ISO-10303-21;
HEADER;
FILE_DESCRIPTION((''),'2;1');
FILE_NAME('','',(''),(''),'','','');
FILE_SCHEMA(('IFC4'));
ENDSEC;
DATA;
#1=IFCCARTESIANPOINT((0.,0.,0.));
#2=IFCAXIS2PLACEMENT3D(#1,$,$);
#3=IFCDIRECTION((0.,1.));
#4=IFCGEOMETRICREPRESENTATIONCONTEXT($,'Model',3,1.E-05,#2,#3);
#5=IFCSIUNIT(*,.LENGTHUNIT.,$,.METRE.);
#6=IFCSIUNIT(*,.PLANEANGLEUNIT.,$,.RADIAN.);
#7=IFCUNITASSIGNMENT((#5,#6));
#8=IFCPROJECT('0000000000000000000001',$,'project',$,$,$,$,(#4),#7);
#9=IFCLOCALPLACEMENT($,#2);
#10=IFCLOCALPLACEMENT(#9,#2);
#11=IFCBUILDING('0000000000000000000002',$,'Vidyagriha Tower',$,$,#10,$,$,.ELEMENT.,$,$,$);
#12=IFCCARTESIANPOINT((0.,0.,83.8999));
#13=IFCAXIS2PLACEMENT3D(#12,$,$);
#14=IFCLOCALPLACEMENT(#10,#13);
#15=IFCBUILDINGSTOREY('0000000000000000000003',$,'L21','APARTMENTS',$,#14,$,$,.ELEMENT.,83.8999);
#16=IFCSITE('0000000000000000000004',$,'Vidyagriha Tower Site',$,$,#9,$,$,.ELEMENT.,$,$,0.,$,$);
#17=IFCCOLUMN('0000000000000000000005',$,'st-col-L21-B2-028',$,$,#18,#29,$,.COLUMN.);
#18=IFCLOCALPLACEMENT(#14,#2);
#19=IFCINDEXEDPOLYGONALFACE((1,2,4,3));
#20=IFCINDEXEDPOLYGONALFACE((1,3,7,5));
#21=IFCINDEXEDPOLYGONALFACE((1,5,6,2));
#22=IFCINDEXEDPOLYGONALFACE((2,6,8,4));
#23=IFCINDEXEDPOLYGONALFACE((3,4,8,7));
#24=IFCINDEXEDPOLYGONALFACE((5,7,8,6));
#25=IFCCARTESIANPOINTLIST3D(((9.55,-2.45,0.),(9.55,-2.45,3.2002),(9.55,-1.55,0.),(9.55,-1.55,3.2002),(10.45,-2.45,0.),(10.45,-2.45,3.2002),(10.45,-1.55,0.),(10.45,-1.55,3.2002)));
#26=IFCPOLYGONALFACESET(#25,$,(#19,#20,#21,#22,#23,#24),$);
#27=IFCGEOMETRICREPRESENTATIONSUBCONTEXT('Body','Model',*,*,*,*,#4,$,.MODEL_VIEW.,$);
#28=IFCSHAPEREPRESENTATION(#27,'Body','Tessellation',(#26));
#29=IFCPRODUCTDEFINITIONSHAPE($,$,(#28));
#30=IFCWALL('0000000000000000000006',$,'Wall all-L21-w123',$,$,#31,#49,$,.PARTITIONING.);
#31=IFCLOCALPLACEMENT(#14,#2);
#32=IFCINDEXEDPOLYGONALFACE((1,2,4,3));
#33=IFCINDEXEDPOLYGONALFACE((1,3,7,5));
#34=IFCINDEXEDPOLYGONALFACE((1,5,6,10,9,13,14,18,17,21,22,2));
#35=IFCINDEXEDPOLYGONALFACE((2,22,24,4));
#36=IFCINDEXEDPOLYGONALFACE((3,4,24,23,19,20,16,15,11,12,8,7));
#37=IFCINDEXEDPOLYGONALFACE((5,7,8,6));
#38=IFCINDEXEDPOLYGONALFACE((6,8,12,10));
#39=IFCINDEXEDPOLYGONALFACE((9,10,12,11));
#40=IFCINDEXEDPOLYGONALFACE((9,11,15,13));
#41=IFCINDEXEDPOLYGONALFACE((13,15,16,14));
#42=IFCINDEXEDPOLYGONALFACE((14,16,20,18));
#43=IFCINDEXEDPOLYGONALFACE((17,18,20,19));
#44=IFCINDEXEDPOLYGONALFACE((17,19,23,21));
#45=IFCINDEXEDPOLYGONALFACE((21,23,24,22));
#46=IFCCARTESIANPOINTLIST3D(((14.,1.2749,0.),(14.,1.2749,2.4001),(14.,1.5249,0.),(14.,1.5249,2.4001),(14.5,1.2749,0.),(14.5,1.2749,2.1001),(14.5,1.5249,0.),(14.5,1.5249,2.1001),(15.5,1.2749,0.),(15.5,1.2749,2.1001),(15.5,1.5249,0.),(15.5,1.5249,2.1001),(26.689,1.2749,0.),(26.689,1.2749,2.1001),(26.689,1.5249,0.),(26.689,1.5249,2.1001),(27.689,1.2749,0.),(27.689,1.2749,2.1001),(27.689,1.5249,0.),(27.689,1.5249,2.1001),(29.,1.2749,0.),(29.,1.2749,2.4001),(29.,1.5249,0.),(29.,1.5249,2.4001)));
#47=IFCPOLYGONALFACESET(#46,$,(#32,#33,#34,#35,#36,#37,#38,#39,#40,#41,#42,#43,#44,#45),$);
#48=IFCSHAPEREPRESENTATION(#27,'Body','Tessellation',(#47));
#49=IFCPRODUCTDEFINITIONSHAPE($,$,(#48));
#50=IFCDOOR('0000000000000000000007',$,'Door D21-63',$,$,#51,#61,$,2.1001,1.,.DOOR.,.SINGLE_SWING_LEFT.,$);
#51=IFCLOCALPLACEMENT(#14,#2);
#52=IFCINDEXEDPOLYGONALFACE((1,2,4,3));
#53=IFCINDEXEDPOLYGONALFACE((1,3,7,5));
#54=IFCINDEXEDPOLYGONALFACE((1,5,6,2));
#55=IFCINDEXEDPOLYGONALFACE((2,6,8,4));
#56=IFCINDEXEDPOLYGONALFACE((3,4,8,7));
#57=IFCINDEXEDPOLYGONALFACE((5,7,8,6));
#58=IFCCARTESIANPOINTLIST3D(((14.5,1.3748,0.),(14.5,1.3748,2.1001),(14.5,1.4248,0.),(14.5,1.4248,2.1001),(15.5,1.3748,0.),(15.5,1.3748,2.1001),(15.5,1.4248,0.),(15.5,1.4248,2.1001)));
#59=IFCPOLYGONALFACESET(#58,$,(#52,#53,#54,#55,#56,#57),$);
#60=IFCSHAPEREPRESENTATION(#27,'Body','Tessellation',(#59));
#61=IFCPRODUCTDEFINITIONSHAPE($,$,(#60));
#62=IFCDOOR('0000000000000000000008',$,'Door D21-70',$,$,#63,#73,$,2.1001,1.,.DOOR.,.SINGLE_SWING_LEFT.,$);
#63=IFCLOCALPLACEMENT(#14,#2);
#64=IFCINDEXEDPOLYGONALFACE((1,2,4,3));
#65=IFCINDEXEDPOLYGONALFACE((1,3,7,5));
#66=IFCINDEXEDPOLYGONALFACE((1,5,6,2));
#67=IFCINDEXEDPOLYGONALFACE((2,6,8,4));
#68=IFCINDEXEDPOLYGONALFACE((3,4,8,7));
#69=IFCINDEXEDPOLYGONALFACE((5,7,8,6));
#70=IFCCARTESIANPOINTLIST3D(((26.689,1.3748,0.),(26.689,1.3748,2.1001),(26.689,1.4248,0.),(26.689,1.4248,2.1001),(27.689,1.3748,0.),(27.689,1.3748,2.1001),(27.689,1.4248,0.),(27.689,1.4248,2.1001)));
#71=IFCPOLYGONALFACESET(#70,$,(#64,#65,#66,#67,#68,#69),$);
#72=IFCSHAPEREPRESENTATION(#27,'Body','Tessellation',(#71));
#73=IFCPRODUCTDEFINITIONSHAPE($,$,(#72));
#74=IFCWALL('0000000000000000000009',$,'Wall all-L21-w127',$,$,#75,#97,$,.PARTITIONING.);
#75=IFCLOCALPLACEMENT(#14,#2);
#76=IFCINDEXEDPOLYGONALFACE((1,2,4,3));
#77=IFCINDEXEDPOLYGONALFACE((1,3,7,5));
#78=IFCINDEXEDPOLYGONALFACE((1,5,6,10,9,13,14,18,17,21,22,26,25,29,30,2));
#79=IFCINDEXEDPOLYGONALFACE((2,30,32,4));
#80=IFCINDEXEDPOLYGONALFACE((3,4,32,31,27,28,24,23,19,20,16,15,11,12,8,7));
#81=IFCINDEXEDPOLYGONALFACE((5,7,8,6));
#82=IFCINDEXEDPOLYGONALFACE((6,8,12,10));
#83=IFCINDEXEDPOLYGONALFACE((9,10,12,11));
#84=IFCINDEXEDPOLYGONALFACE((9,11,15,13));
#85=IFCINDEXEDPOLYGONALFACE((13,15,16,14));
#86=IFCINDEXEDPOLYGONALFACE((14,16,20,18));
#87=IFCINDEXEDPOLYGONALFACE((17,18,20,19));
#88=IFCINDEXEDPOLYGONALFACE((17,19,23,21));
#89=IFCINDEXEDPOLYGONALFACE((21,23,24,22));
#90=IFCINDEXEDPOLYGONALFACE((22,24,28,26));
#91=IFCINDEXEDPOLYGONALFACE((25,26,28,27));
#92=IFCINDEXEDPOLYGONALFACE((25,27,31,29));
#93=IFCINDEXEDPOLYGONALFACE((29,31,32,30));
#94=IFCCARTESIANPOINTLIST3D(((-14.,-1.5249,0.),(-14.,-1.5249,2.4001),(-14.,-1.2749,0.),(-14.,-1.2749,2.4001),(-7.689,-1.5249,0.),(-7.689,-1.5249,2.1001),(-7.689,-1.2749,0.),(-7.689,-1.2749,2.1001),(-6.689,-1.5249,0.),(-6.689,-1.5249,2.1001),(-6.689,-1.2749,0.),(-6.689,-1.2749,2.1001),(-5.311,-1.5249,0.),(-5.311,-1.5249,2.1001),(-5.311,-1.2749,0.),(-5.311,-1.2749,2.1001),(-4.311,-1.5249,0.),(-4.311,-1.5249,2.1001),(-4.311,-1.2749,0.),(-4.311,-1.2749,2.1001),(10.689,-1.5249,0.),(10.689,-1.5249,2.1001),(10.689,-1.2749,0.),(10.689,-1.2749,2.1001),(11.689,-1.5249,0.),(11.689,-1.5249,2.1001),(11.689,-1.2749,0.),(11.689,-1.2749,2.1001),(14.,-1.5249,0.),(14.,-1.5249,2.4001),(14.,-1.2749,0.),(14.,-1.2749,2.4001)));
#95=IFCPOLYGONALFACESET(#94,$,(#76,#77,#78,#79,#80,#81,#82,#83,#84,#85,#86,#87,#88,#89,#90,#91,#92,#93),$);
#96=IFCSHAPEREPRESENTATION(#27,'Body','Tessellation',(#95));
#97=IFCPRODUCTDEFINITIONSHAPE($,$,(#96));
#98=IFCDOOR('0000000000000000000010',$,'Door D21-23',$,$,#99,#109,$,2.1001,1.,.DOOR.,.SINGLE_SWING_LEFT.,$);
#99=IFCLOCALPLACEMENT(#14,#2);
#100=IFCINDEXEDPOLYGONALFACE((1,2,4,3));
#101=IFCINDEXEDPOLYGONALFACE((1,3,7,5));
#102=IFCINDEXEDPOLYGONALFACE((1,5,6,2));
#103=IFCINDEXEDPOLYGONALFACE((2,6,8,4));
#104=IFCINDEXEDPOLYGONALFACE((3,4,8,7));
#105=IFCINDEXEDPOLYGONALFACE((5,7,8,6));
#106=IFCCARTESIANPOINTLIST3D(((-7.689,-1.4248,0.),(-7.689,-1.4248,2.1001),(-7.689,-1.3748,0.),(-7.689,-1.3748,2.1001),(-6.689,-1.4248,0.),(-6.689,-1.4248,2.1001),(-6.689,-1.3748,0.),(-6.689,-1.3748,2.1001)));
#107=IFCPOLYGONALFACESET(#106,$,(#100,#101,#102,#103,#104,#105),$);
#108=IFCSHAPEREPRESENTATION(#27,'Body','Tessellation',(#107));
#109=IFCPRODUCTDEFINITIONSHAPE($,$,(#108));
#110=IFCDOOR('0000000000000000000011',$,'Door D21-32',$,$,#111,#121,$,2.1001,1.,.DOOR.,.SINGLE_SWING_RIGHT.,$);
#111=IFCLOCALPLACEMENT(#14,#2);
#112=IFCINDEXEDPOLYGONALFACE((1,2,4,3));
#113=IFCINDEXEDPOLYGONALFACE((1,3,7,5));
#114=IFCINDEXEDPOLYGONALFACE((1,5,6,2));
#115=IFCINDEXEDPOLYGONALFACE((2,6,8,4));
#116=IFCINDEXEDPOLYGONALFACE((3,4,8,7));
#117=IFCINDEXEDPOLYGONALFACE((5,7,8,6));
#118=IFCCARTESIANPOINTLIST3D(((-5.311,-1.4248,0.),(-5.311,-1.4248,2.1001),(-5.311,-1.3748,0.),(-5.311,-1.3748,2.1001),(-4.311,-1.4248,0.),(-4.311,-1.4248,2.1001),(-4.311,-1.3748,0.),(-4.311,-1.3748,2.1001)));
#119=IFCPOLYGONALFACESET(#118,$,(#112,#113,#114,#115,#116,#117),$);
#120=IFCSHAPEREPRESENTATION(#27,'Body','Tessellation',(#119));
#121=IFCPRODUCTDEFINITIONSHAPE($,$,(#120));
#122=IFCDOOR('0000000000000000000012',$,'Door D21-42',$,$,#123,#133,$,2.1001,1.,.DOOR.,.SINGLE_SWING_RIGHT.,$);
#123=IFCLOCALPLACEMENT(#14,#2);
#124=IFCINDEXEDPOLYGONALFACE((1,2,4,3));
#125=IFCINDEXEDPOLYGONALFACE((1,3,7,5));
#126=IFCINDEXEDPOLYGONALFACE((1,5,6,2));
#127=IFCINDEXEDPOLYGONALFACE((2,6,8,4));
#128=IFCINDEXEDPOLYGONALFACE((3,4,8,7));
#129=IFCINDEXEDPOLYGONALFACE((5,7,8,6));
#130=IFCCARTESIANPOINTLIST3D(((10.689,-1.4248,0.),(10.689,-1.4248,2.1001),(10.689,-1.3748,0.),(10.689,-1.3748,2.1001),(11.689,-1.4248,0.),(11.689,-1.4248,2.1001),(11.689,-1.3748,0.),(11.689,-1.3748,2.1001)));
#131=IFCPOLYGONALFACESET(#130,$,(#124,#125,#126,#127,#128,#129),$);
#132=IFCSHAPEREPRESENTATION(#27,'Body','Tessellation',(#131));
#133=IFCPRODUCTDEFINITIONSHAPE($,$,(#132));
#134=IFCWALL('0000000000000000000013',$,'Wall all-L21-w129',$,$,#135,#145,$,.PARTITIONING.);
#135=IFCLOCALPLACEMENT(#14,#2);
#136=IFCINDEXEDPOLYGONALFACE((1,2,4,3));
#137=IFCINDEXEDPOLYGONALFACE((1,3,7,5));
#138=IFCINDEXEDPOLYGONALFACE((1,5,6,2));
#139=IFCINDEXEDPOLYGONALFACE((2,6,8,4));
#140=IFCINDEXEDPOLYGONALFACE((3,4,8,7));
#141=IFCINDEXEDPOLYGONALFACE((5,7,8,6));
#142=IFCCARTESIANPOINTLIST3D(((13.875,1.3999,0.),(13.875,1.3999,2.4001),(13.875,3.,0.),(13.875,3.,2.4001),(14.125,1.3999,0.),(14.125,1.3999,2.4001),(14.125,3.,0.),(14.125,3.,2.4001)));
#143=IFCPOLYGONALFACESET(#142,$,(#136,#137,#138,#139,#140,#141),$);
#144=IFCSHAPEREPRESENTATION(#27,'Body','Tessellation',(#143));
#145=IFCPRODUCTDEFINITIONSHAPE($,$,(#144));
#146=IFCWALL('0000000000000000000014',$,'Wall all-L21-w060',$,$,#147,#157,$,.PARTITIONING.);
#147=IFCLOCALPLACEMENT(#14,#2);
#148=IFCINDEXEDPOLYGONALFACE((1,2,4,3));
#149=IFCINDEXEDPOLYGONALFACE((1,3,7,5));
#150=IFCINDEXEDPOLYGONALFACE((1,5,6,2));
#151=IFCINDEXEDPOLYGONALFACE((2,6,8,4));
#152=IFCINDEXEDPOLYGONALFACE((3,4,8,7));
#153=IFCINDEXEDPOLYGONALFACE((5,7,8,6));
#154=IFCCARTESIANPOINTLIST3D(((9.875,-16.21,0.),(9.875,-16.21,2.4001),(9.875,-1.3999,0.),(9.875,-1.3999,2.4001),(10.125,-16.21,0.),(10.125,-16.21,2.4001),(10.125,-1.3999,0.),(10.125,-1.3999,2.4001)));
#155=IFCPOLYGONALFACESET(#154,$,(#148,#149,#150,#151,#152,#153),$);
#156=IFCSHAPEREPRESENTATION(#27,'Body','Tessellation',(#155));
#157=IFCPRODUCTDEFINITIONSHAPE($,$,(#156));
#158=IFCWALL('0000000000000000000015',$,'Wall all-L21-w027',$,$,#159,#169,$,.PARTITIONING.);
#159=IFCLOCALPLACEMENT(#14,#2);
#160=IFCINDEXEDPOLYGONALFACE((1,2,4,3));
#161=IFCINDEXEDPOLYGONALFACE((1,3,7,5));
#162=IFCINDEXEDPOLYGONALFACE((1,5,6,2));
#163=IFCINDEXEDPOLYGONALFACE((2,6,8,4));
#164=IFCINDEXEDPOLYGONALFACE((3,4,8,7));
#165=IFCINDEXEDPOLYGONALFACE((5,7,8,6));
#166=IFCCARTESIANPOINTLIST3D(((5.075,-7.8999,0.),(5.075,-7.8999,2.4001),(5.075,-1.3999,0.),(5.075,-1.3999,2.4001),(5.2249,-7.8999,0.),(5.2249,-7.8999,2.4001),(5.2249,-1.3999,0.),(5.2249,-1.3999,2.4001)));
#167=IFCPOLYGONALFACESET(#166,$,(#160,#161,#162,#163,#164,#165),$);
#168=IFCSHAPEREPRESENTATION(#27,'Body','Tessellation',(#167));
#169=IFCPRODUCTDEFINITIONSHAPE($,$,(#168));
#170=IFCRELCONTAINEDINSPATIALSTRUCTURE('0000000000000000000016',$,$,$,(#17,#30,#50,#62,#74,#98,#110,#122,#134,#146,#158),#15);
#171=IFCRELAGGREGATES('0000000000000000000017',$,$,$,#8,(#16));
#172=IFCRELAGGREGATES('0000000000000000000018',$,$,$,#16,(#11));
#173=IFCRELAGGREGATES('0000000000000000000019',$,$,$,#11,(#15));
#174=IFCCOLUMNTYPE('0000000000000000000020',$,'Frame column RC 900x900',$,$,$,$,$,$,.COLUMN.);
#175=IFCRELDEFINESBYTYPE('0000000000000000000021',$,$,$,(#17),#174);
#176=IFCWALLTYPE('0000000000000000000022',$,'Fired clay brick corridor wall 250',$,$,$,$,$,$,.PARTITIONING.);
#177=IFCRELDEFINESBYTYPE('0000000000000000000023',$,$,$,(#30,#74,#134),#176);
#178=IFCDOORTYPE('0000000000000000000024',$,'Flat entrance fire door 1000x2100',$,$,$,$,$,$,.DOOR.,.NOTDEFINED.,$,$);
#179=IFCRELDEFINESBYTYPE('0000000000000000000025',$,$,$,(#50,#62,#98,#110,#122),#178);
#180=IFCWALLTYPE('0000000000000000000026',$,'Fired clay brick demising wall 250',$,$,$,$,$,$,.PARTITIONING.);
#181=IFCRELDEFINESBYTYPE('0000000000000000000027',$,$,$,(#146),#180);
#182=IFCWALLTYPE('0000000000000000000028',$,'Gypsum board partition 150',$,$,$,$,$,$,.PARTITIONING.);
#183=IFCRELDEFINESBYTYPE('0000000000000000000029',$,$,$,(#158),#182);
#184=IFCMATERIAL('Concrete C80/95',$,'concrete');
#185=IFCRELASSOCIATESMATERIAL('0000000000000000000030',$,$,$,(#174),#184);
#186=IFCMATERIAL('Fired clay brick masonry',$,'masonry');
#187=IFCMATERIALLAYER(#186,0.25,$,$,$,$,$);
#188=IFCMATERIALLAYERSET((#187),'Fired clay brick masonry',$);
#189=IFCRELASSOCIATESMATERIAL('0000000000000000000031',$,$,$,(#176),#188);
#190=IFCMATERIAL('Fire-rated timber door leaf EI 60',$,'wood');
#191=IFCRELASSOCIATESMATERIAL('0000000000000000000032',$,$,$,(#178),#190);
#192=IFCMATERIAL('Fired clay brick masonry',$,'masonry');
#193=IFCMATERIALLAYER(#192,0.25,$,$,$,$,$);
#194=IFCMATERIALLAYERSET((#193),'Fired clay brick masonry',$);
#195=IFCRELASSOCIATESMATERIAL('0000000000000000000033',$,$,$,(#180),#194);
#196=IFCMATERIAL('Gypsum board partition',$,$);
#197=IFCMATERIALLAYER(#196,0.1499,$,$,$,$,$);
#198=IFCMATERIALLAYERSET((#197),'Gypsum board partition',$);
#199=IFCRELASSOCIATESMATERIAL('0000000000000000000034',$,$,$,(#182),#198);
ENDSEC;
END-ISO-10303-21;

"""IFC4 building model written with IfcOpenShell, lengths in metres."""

from ifc_helpers import new_model, si_unit, direction, frame, frame_2d, origin, origin_2d, place, context, subcontext, project, spatial, rectangle, extrude, material, layer, layer_set, material_profile, profile_set, type_object, element, fill, save


model = new_model("IFC4")

# Units and contexts
model_context = context("Model", 3, precision=1e-05, world=origin(), true_north=direction((0.0, 1.0)))
body_context = subcontext(model_context, "Body", "Model", "MODEL_VIEW")
ifc_project = project(units=[si_unit("LENGTHUNIT", "METRE"), si_unit("PLANEANGLEUNIT", "RADIAN")], contexts=[model_context])

# Site, building, storey
site_placement = place(None, origin())
site = spatial("IfcSite", under=ifc_project, at=site_placement, Name="Vidyagriha Tower Site", CompositionType="ELEMENT", RefElevation=0.0)
building_placement = place(site_placement, origin())
building = spatial("IfcBuilding", under=site, at=building_placement, Name="Vidyagriha Tower", CompositionType="ELEMENT")
storey_placement = place(building_placement, frame((0.0, 0.0, 83.8999)))
storey = spatial("IfcBuildingStorey", under=building, at=storey_placement, Name="L21", Description="APARTMENTS", CompositionType="ELEMENT", Elevation=83.8999)

# Column
ifc_material_1 = material(Name="Concrete C80/95", Category="concrete")
ifc_material_profile = material_profile(ifc_material_1, rectangle(XDim=0.8999, YDim=0.8999, at=origin_2d()), Name="RC 900x900")
ifc_profile_set = profile_set([ifc_material_profile], Name="Concrete C80/95")
column_type = type_object("IfcColumnType", Name="Frame column RC 900x900", PredefinedType="COLUMN", material=ifc_profile_set)
column_placement = place(storey_placement, frame((10.0, -2.0, 0.0)))
element("IfcColumn", 1, at=column_placement, inside=storey, type_object=column_type, Name="st-col-L21-B2-028", PredefinedType="COLUMN", context=body_context, shape_type="SweptSolid", body=[
    extrude(rectangle(XDim=0.8999, YDim=0.8999, at=origin_2d()), origin(), (0.0, 0.0, 1.0), 3.2002),
])

# Walls, openings, doors
ifc_material_2 = material(Name="Fired clay brick masonry", Category="masonry")
ifc_layer_1 = layer(ifc_material_2, 0.25)
ifc_layer_set_1 = layer_set([ifc_layer_1], Name="Fired clay brick masonry")
wall_type_1 = type_object("IfcWallType", Name="Fired clay brick corridor wall 250", PredefinedType="PARTITIONING", material=ifc_layer_set_1)
wall_1_placement = place(storey_placement, frame((14.0, 1.3999, 0.0)))
wall_1 = element("IfcWall", 2, at=wall_1_placement, inside=storey, type_object=wall_type_1, Name="Wall all-L21-w123", PredefinedType="PARTITIONING", context=body_context, shape_type="SweptSolid", body=[
    extrude(rectangle(XDim=15.0, YDim=0.25, at=frame_2d((7.5, 0.0))), origin(), (0.0, 0.0, 1.0), 2.4001),
])
opening_1_placement = place(wall_1_placement, frame((0.5, 0.0, 0.0)))
opening_1 = element("IfcOpeningElement", 3, at=opening_1_placement, cuts=wall_1, PredefinedType="OPENING", context=body_context, shape_type="SweptSolid", body=[
    extrude(rectangle(XDim=1.0, YDim=2.1001, at=frame_2d((0.5, 1.05))), frame((0.0, 0.135, 0.0), z_axis=(0.0, -1.0, 0.0), x_axis=(1.0, 0.0, 0.0)), (0.0, 0.0, 1.0), 0.27),
])
opening_2_placement = place(wall_1_placement, frame((12.689, 0.0, 0.0)))
opening_2 = element("IfcOpeningElement", 4, at=opening_2_placement, cuts=wall_1, PredefinedType="OPENING", context=body_context, shape_type="SweptSolid", body=[
    extrude(rectangle(XDim=1.0, YDim=2.1001, at=frame_2d((0.5, 1.05))), frame((0.0, 0.135, 0.0), z_axis=(0.0, -1.0, 0.0), x_axis=(1.0, 0.0, 0.0)), (0.0, 0.0, 1.0), 0.27),
])
ifc_material_3 = material(Name="Fire-rated timber door leaf EI 60", Category="wood")
door_type_1 = type_object("IfcDoorType", Name="Flat entrance fire door 1000x2100", OperationType="NOTDEFINED", PredefinedType="DOOR", material=ifc_material_3)
door_1_placement = place(opening_1_placement, origin())
door_1 = element("IfcDoor", 5, at=door_1_placement, inside=storey, type_object=door_type_1, Name="Door D21-63", OperationType="SINGLE_SWING_LEFT", OverallHeight=2.1001, OverallWidth=1.0, PredefinedType="DOOR", context=body_context, shape_type="SweptSolid", body=[
    extrude(rectangle(XDim=1.0, YDim=2.1001, at=frame_2d((0.5, 1.05))), frame((0.0, 0.0249, 0.0), z_axis=(0.0, -1.0, 0.0), x_axis=(1.0, 0.0, 0.0)), (0.0, 0.0, 1.0), 0.05),
])
fill(opening_1, door_1)
door_2_placement = place(opening_2_placement, origin())
door_2 = element("IfcDoor", 6, at=door_2_placement, inside=storey, type_object=door_type_1, Name="Door D21-70", OperationType="SINGLE_SWING_LEFT", OverallHeight=2.1001, OverallWidth=1.0, PredefinedType="DOOR", context=body_context, shape_type="SweptSolid", body=[
    extrude(rectangle(XDim=1.0, YDim=2.1001, at=frame_2d((0.5, 1.05))), frame((0.0, 0.0249, 0.0), z_axis=(0.0, -1.0, 0.0), x_axis=(1.0, 0.0, 0.0)), (0.0, 0.0, 1.0), 0.05),
])
fill(opening_2, door_2)
wall_2_placement = place(storey_placement, frame((14.0, -1.3999, 0.0), z_axis=(0.0, 0.0, 1.0), x_axis=(-1.0, 0.0, 0.0)))
wall_2 = element("IfcWall", 7, at=wall_2_placement, inside=storey, type_object=wall_type_1, Name="Wall all-L21-w127", PredefinedType="PARTITIONING", context=body_context, shape_type="SweptSolid", body=[
    extrude(rectangle(XDim=28.0, YDim=0.25, at=frame_2d((14.0, 0.0))), origin(), (0.0, 0.0, 1.0), 2.4001),
])
opening_3_placement = place(wall_2_placement, frame((20.689, 0.0, 0.0)))
opening_3 = element("IfcOpeningElement", 8, at=opening_3_placement, cuts=wall_2, PredefinedType="OPENING", context=body_context, shape_type="SweptSolid", body=[
    extrude(rectangle(XDim=1.0, YDim=2.1001, at=frame_2d((0.5, 1.05))), frame((0.0, 0.135, 0.0), z_axis=(0.0, -1.0, 0.0), x_axis=(1.0, 0.0, 0.0)), (0.0, 0.0, 1.0), 0.27),
])
opening_4_placement = place(wall_2_placement, frame((18.311, 0.0, 0.0)))
opening_4 = element("IfcOpeningElement", 9, at=opening_4_placement, cuts=wall_2, PredefinedType="OPENING", context=body_context, shape_type="SweptSolid", body=[
    extrude(rectangle(XDim=1.0, YDim=2.1001, at=frame_2d((0.5, 1.05))), frame((0.0, 0.135, 0.0), z_axis=(0.0, -1.0, 0.0), x_axis=(1.0, 0.0, 0.0)), (0.0, 0.0, 1.0), 0.27),
])
opening_5_placement = place(wall_2_placement, frame((2.311, 0.0, 0.0)))
opening_5 = element("IfcOpeningElement", 10, at=opening_5_placement, cuts=wall_2, PredefinedType="OPENING", context=body_context, shape_type="SweptSolid", body=[
    extrude(rectangle(XDim=1.0, YDim=2.1001, at=frame_2d((0.5, 1.05))), frame((0.0, 0.135, 0.0), z_axis=(0.0, -1.0, 0.0), x_axis=(1.0, 0.0, 0.0)), (0.0, 0.0, 1.0), 0.27),
])
door_3_placement = place(opening_3_placement, origin())
door_3 = element("IfcDoor", 11, at=door_3_placement, inside=storey, type_object=door_type_1, Name="Door D21-23", OperationType="SINGLE_SWING_LEFT", OverallHeight=2.1001, OverallWidth=1.0, PredefinedType="DOOR", context=body_context, shape_type="SweptSolid", body=[
    extrude(rectangle(XDim=1.0, YDim=2.1001, at=frame_2d((0.5, 1.05))), frame((0.0, 0.0249, 0.0), z_axis=(0.0, -1.0, 0.0), x_axis=(1.0, 0.0, 0.0)), (0.0, 0.0, 1.0), 0.05),
])
fill(opening_3, door_3)
door_4_placement = place(opening_4_placement, origin())
door_4 = element("IfcDoor", 12, at=door_4_placement, inside=storey, type_object=door_type_1, Name="Door D21-32", OperationType="SINGLE_SWING_RIGHT", OverallHeight=2.1001, OverallWidth=1.0, PredefinedType="DOOR", context=body_context, shape_type="SweptSolid", body=[
    extrude(rectangle(XDim=1.0, YDim=2.1001, at=frame_2d((0.5, 1.05))), frame((0.0, 0.0249, 0.0), z_axis=(0.0, -1.0, 0.0), x_axis=(1.0, 0.0, 0.0)), (0.0, 0.0, 1.0), 0.05),
])
fill(opening_4, door_4)
door_5_placement = place(opening_5_placement, origin())
door_5 = element("IfcDoor", 13, at=door_5_placement, inside=storey, type_object=door_type_1, Name="Door D21-42", OperationType="SINGLE_SWING_RIGHT", OverallHeight=2.1001, OverallWidth=1.0, PredefinedType="DOOR", context=body_context, shape_type="SweptSolid", body=[
    extrude(rectangle(XDim=1.0, YDim=2.1001, at=frame_2d((0.5, 1.05))), frame((0.0, 0.0249, 0.0), z_axis=(0.0, -1.0, 0.0), x_axis=(1.0, 0.0, 0.0)), (0.0, 0.0, 1.0), 0.05),
])
fill(opening_5, door_5)

# Walls
wall_3_placement = place(storey_placement, frame((14.0, 1.3999, 0.0), z_axis=(0.0, 0.0, 1.0), x_axis=(0.0, 1.0, 0.0)))
element("IfcWall", 14, at=wall_3_placement, inside=storey, type_object=wall_type_1, Name="Wall all-L21-w129", PredefinedType="PARTITIONING", context=body_context, shape_type="SweptSolid", body=[
    extrude(rectangle(XDim=1.6001, YDim=0.25, at=frame_2d((0.8, 0.0))), origin(), (0.0, 0.0, 1.0), 2.4001),
])
ifc_material_4 = material(Name="Fired clay brick masonry", Category="masonry")
ifc_layer_2 = layer(ifc_material_4, 0.25)
ifc_layer_set_2 = layer_set([ifc_layer_2], Name="Fired clay brick masonry")
wall_type_2 = type_object("IfcWallType", Name="Fired clay brick demising wall 250", PredefinedType="PARTITIONING", material=ifc_layer_set_2)
wall_4_placement = place(storey_placement, frame((10.0, -1.3999, 0.0), z_axis=(0.0, 0.0, 1.0), x_axis=(0.0, -1.0, 0.0)))
element("IfcWall", 15, at=wall_4_placement, inside=storey, type_object=wall_type_2, Name="Wall all-L21-w060", PredefinedType="PARTITIONING", context=body_context, shape_type="SweptSolid", body=[
    extrude(rectangle(XDim=14.8101, YDim=0.25, at=frame_2d((7.405, 0.0))), origin(), (0.0, 0.0, 1.0), 2.4001),
])
ifc_material_5 = material(Name="Gypsum board partition")
ifc_layer_3 = layer(ifc_material_5, 0.1499)
ifc_layer_set_3 = layer_set([ifc_layer_3], Name="Gypsum board partition")
wall_type_3 = type_object("IfcWallType", Name="Gypsum board partition 150", PredefinedType="PARTITIONING", material=ifc_layer_set_3)
wall_5_placement = place(storey_placement, frame((5.1499, -1.3999, 0.0), z_axis=(0.0, 0.0, 1.0), x_axis=(0.0, -1.0, 0.0)))
element("IfcWall", 16, at=wall_5_placement, inside=storey, type_object=wall_type_3, Name="Wall all-L21-w027", PredefinedType="PARTITIONING", context=body_context, shape_type="SweptSolid", body=[
    extrude(rectangle(XDim=6.5, YDim=0.1499, at=frame_2d((3.25, 0.0))), origin(), (0.0, 0.0, 1.0), 2.4001),
])

save(model, "model.ifc")
